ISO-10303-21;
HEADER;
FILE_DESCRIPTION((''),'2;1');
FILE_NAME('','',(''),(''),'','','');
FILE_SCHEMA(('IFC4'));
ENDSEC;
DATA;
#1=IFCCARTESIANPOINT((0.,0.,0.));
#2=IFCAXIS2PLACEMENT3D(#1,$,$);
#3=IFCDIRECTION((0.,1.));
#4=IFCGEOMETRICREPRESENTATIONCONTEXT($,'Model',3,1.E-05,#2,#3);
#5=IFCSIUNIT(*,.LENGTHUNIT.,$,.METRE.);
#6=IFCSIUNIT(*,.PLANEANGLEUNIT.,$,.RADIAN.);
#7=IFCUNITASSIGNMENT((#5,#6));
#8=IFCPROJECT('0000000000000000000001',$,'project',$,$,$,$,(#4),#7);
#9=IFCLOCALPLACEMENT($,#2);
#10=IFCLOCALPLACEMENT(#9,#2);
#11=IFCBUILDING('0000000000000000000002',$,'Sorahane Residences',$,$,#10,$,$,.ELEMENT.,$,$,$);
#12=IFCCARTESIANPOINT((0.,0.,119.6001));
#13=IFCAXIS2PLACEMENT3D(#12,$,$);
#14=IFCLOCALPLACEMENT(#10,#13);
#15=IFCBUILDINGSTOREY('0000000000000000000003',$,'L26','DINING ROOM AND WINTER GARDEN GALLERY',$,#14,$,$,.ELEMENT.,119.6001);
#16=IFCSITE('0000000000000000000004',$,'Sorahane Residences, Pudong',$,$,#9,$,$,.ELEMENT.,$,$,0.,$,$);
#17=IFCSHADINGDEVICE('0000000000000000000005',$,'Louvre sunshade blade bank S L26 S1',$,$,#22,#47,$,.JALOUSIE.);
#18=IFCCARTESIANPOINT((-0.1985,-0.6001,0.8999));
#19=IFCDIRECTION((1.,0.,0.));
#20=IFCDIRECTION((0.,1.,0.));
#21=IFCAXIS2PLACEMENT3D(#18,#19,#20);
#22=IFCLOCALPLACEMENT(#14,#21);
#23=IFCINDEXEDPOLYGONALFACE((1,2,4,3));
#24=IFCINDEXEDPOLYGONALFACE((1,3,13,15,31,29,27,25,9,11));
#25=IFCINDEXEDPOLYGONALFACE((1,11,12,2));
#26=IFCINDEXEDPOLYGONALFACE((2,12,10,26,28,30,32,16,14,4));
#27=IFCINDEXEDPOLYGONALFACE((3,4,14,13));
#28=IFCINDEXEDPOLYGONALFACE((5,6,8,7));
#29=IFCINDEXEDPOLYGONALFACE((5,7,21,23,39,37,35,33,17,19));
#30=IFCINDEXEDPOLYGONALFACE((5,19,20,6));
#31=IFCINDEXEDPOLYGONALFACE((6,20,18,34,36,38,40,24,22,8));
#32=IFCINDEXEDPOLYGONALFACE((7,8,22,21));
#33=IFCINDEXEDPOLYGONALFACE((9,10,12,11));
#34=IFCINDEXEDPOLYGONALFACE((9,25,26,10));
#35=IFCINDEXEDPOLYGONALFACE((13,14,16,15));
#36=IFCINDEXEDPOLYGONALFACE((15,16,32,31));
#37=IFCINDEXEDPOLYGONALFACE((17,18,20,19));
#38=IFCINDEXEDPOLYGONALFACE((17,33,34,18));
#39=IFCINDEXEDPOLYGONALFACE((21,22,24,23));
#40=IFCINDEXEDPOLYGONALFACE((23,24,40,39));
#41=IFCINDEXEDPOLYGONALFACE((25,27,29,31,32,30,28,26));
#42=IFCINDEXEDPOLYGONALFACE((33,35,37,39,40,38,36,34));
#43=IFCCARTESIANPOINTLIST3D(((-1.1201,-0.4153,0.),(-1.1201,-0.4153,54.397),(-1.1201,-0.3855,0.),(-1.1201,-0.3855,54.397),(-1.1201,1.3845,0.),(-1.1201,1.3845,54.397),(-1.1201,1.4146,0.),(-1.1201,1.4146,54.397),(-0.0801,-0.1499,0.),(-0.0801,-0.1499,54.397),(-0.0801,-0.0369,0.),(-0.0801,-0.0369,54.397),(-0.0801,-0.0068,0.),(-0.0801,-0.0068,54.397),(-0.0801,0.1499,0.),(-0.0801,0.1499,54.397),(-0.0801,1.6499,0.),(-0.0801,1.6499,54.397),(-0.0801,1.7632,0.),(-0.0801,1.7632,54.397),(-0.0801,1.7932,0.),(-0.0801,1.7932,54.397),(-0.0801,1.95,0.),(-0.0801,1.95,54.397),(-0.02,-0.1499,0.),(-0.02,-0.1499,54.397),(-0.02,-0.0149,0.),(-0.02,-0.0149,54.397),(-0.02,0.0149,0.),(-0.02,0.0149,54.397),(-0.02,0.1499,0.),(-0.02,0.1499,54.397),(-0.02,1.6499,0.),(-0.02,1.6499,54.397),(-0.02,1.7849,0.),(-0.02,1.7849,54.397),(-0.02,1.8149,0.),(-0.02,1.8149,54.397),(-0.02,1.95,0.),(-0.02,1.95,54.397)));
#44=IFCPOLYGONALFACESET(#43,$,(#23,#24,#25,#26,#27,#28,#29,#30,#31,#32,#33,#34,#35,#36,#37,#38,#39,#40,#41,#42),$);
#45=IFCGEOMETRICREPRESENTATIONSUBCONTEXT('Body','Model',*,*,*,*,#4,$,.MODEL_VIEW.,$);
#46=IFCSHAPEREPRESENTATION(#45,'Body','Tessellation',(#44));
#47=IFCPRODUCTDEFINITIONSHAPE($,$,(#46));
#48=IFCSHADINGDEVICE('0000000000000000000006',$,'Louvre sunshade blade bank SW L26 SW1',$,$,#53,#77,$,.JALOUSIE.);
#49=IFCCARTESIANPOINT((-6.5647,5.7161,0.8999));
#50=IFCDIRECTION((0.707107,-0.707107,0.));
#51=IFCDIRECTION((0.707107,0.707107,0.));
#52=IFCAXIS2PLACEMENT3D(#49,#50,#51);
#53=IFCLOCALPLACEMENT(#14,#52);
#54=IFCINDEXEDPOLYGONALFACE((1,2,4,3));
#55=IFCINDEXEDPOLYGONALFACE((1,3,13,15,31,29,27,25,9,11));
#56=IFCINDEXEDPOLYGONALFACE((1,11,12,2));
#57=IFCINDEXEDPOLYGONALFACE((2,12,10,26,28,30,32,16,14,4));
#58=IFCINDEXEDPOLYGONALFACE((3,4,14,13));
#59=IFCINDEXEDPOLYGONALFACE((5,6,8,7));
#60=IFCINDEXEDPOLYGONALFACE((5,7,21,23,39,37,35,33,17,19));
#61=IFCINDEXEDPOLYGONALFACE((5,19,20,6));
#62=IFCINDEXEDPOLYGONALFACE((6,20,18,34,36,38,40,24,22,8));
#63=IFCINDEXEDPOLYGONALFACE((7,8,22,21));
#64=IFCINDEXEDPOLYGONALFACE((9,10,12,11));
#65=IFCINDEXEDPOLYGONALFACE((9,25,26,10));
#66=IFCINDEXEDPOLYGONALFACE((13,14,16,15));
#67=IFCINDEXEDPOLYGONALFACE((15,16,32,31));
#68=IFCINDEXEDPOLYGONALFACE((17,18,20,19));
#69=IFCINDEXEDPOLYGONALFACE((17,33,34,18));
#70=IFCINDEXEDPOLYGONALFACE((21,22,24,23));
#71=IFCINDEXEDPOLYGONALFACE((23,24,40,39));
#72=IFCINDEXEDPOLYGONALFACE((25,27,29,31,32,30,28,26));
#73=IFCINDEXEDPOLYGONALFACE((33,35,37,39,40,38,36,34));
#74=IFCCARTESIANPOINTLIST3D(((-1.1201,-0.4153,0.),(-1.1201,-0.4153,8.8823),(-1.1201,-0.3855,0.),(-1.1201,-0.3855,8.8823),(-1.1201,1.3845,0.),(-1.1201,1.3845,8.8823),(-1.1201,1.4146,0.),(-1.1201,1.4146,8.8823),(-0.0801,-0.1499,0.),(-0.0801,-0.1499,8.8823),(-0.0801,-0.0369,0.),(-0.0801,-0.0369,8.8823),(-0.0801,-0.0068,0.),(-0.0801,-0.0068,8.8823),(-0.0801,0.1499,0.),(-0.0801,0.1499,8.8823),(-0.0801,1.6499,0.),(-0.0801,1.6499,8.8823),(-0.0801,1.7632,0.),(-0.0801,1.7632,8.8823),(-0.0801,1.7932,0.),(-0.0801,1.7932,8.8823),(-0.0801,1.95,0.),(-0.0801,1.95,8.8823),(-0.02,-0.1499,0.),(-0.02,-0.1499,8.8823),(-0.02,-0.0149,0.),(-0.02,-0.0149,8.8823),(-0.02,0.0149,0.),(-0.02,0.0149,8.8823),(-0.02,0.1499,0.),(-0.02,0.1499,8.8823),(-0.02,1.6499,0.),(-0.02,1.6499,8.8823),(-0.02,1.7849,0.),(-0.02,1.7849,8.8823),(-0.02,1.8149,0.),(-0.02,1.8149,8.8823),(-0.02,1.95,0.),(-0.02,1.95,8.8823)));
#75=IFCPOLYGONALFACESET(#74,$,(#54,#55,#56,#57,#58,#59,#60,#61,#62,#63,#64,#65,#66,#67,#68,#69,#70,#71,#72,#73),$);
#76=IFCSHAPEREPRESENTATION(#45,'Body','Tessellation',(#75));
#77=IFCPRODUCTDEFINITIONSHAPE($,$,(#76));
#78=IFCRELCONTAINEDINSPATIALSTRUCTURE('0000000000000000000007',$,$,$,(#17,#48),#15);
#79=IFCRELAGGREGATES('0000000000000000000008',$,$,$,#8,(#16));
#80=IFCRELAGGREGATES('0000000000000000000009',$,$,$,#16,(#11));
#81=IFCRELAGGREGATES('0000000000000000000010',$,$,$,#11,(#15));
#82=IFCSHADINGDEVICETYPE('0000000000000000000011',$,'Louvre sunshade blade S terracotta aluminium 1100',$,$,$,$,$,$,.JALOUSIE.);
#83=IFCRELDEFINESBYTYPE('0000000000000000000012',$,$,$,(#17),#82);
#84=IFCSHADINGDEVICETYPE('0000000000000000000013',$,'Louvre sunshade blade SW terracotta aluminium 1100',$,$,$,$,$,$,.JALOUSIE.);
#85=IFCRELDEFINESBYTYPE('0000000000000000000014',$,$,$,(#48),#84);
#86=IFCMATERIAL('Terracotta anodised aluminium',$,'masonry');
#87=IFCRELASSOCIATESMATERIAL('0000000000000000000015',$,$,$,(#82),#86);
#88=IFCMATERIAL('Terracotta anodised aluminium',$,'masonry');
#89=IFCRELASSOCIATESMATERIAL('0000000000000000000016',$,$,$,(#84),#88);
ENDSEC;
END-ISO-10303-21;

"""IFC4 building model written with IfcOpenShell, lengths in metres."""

from ifc_helpers import new_model, si_unit, direction, frame, origin, place, context, subcontext, project, spatial, polyline, outline, composite_profile, extrude, material, type_object, element, save


model = new_model("IFC4")

# Units and contexts
model_context = context("Model", 3, precision=1e-05, world=origin(), true_north=direction((0.0, 1.0)))
body_context = subcontext(model_context, "Body", "Model", "MODEL_VIEW")
ifc_project = project(units=[si_unit("LENGTHUNIT", "METRE"), si_unit("PLANEANGLEUNIT", "RADIAN")], contexts=[model_context])

# Site, building, storey
site_placement = place(None, origin())
site = spatial("IfcSite", under=ifc_project, at=site_placement, Name="Sorahane Residences, Pudong", CompositionType="ELEMENT", RefElevation=0.0)
building_placement = place(site_placement, origin())
building = spatial("IfcBuilding", under=site, at=building_placement, Name="Sorahane Residences", CompositionType="ELEMENT")
storey_placement = place(building_placement, frame((0.0, 0.0, 119.6001)))
storey = spatial("IfcBuildingStorey", under=building, at=storey_placement, Name="L26", Description="DINING ROOM AND WINTER GARDEN GALLERY", CompositionType="ELEMENT", Elevation=119.6001)

# Shading devices
ifc_material_1 = material(Name="Terracotta anodised aluminium", Category="masonry")
shading_device_type_1 = type_object("IfcShadingDeviceType", Name="Louvre sunshade blade S terracotta aluminium 1100", PredefinedType="JALOUSIE", material=ifc_material_1)
shading_device_1_placement = place(storey_placement, frame((-0.1985, -0.6001, 0.8999), z_axis=(1.0, 0.0, 0.0), x_axis=(0.0, 1.0, 0.0)))
element("IfcShadingDevice", 1, at=shading_device_1_placement, inside=storey, type_object=shading_device_type_1, Name="Louvre sunshade blade bank S L26 S1", PredefinedType="JALOUSIE", context=body_context, shape_type="SweptSolid", body=[
    extrude(composite_profile([outline(polyline([(-1.1201, -0.3855), (-1.1201, -0.4153), (-0.0801, -0.0369), (-0.0801, -0.1499), (-0.02, -0.1499), (-0.02, -0.0149), (-0.02, 0.0149), (-0.02, 0.1499), (-0.0801, 0.1499), (-0.0801, -0.0068), (-1.1201, -0.3855)])), outline(polyline([(-1.1201, 1.4146), (-1.1201, 1.3845), (-0.0801, 1.7632), (-0.0801, 1.6499), (-0.02, 1.6499), (-0.02, 1.7849), (-0.02, 1.8149), (-0.02, 1.95), (-0.0801, 1.95), (-0.0801, 1.7932), (-1.1201, 1.4146)]))]), origin(), (0.0, 0.0, 1.0), 54.397),
])
ifc_material_2 = material(Name="Terracotta anodised aluminium", Category="masonry")
shading_device_type_2 = type_object("IfcShadingDeviceType", Name="Louvre sunshade blade SW terracotta aluminium 1100", PredefinedType="JALOUSIE", material=ifc_material_2)
shading_device_2_placement = place(storey_placement, frame((-6.5647, 5.7161, 0.8999), z_axis=(0.707107, -0.707107, 0.0), x_axis=(0.707107, 0.707107, 0.0)))
element("IfcShadingDevice", 2, at=shading_device_2_placement, inside=storey, type_object=shading_device_type_2, Name="Louvre sunshade blade bank SW L26 SW1", PredefinedType="JALOUSIE", context=body_context, shape_type="SweptSolid", body=[
    extrude(composite_profile([outline(polyline([(-1.1201, -0.3855), (-1.1201, -0.4153), (-0.0801, -0.0369), (-0.0801, -0.1499), (-0.02, -0.1499), (-0.02, -0.0149), (-0.02, 0.0149), (-0.02, 0.1499), (-0.0801, 0.1499), (-0.0801, -0.0068), (-1.1201, -0.3855)])), outline(polyline([(-1.1201, 1.4146), (-1.1201, 1.3845), (-0.0801, 1.7632), (-0.0801, 1.6499), (-0.02, 1.6499), (-0.02, 1.7849), (-0.02, 1.8149), (-0.02, 1.95), (-0.0801, 1.95), (-0.0801, 1.7932), (-1.1201, 1.4146)]))]), origin(), (0.0, 0.0, 1.0), 8.8823),
])

save(model, "model.ifc")
